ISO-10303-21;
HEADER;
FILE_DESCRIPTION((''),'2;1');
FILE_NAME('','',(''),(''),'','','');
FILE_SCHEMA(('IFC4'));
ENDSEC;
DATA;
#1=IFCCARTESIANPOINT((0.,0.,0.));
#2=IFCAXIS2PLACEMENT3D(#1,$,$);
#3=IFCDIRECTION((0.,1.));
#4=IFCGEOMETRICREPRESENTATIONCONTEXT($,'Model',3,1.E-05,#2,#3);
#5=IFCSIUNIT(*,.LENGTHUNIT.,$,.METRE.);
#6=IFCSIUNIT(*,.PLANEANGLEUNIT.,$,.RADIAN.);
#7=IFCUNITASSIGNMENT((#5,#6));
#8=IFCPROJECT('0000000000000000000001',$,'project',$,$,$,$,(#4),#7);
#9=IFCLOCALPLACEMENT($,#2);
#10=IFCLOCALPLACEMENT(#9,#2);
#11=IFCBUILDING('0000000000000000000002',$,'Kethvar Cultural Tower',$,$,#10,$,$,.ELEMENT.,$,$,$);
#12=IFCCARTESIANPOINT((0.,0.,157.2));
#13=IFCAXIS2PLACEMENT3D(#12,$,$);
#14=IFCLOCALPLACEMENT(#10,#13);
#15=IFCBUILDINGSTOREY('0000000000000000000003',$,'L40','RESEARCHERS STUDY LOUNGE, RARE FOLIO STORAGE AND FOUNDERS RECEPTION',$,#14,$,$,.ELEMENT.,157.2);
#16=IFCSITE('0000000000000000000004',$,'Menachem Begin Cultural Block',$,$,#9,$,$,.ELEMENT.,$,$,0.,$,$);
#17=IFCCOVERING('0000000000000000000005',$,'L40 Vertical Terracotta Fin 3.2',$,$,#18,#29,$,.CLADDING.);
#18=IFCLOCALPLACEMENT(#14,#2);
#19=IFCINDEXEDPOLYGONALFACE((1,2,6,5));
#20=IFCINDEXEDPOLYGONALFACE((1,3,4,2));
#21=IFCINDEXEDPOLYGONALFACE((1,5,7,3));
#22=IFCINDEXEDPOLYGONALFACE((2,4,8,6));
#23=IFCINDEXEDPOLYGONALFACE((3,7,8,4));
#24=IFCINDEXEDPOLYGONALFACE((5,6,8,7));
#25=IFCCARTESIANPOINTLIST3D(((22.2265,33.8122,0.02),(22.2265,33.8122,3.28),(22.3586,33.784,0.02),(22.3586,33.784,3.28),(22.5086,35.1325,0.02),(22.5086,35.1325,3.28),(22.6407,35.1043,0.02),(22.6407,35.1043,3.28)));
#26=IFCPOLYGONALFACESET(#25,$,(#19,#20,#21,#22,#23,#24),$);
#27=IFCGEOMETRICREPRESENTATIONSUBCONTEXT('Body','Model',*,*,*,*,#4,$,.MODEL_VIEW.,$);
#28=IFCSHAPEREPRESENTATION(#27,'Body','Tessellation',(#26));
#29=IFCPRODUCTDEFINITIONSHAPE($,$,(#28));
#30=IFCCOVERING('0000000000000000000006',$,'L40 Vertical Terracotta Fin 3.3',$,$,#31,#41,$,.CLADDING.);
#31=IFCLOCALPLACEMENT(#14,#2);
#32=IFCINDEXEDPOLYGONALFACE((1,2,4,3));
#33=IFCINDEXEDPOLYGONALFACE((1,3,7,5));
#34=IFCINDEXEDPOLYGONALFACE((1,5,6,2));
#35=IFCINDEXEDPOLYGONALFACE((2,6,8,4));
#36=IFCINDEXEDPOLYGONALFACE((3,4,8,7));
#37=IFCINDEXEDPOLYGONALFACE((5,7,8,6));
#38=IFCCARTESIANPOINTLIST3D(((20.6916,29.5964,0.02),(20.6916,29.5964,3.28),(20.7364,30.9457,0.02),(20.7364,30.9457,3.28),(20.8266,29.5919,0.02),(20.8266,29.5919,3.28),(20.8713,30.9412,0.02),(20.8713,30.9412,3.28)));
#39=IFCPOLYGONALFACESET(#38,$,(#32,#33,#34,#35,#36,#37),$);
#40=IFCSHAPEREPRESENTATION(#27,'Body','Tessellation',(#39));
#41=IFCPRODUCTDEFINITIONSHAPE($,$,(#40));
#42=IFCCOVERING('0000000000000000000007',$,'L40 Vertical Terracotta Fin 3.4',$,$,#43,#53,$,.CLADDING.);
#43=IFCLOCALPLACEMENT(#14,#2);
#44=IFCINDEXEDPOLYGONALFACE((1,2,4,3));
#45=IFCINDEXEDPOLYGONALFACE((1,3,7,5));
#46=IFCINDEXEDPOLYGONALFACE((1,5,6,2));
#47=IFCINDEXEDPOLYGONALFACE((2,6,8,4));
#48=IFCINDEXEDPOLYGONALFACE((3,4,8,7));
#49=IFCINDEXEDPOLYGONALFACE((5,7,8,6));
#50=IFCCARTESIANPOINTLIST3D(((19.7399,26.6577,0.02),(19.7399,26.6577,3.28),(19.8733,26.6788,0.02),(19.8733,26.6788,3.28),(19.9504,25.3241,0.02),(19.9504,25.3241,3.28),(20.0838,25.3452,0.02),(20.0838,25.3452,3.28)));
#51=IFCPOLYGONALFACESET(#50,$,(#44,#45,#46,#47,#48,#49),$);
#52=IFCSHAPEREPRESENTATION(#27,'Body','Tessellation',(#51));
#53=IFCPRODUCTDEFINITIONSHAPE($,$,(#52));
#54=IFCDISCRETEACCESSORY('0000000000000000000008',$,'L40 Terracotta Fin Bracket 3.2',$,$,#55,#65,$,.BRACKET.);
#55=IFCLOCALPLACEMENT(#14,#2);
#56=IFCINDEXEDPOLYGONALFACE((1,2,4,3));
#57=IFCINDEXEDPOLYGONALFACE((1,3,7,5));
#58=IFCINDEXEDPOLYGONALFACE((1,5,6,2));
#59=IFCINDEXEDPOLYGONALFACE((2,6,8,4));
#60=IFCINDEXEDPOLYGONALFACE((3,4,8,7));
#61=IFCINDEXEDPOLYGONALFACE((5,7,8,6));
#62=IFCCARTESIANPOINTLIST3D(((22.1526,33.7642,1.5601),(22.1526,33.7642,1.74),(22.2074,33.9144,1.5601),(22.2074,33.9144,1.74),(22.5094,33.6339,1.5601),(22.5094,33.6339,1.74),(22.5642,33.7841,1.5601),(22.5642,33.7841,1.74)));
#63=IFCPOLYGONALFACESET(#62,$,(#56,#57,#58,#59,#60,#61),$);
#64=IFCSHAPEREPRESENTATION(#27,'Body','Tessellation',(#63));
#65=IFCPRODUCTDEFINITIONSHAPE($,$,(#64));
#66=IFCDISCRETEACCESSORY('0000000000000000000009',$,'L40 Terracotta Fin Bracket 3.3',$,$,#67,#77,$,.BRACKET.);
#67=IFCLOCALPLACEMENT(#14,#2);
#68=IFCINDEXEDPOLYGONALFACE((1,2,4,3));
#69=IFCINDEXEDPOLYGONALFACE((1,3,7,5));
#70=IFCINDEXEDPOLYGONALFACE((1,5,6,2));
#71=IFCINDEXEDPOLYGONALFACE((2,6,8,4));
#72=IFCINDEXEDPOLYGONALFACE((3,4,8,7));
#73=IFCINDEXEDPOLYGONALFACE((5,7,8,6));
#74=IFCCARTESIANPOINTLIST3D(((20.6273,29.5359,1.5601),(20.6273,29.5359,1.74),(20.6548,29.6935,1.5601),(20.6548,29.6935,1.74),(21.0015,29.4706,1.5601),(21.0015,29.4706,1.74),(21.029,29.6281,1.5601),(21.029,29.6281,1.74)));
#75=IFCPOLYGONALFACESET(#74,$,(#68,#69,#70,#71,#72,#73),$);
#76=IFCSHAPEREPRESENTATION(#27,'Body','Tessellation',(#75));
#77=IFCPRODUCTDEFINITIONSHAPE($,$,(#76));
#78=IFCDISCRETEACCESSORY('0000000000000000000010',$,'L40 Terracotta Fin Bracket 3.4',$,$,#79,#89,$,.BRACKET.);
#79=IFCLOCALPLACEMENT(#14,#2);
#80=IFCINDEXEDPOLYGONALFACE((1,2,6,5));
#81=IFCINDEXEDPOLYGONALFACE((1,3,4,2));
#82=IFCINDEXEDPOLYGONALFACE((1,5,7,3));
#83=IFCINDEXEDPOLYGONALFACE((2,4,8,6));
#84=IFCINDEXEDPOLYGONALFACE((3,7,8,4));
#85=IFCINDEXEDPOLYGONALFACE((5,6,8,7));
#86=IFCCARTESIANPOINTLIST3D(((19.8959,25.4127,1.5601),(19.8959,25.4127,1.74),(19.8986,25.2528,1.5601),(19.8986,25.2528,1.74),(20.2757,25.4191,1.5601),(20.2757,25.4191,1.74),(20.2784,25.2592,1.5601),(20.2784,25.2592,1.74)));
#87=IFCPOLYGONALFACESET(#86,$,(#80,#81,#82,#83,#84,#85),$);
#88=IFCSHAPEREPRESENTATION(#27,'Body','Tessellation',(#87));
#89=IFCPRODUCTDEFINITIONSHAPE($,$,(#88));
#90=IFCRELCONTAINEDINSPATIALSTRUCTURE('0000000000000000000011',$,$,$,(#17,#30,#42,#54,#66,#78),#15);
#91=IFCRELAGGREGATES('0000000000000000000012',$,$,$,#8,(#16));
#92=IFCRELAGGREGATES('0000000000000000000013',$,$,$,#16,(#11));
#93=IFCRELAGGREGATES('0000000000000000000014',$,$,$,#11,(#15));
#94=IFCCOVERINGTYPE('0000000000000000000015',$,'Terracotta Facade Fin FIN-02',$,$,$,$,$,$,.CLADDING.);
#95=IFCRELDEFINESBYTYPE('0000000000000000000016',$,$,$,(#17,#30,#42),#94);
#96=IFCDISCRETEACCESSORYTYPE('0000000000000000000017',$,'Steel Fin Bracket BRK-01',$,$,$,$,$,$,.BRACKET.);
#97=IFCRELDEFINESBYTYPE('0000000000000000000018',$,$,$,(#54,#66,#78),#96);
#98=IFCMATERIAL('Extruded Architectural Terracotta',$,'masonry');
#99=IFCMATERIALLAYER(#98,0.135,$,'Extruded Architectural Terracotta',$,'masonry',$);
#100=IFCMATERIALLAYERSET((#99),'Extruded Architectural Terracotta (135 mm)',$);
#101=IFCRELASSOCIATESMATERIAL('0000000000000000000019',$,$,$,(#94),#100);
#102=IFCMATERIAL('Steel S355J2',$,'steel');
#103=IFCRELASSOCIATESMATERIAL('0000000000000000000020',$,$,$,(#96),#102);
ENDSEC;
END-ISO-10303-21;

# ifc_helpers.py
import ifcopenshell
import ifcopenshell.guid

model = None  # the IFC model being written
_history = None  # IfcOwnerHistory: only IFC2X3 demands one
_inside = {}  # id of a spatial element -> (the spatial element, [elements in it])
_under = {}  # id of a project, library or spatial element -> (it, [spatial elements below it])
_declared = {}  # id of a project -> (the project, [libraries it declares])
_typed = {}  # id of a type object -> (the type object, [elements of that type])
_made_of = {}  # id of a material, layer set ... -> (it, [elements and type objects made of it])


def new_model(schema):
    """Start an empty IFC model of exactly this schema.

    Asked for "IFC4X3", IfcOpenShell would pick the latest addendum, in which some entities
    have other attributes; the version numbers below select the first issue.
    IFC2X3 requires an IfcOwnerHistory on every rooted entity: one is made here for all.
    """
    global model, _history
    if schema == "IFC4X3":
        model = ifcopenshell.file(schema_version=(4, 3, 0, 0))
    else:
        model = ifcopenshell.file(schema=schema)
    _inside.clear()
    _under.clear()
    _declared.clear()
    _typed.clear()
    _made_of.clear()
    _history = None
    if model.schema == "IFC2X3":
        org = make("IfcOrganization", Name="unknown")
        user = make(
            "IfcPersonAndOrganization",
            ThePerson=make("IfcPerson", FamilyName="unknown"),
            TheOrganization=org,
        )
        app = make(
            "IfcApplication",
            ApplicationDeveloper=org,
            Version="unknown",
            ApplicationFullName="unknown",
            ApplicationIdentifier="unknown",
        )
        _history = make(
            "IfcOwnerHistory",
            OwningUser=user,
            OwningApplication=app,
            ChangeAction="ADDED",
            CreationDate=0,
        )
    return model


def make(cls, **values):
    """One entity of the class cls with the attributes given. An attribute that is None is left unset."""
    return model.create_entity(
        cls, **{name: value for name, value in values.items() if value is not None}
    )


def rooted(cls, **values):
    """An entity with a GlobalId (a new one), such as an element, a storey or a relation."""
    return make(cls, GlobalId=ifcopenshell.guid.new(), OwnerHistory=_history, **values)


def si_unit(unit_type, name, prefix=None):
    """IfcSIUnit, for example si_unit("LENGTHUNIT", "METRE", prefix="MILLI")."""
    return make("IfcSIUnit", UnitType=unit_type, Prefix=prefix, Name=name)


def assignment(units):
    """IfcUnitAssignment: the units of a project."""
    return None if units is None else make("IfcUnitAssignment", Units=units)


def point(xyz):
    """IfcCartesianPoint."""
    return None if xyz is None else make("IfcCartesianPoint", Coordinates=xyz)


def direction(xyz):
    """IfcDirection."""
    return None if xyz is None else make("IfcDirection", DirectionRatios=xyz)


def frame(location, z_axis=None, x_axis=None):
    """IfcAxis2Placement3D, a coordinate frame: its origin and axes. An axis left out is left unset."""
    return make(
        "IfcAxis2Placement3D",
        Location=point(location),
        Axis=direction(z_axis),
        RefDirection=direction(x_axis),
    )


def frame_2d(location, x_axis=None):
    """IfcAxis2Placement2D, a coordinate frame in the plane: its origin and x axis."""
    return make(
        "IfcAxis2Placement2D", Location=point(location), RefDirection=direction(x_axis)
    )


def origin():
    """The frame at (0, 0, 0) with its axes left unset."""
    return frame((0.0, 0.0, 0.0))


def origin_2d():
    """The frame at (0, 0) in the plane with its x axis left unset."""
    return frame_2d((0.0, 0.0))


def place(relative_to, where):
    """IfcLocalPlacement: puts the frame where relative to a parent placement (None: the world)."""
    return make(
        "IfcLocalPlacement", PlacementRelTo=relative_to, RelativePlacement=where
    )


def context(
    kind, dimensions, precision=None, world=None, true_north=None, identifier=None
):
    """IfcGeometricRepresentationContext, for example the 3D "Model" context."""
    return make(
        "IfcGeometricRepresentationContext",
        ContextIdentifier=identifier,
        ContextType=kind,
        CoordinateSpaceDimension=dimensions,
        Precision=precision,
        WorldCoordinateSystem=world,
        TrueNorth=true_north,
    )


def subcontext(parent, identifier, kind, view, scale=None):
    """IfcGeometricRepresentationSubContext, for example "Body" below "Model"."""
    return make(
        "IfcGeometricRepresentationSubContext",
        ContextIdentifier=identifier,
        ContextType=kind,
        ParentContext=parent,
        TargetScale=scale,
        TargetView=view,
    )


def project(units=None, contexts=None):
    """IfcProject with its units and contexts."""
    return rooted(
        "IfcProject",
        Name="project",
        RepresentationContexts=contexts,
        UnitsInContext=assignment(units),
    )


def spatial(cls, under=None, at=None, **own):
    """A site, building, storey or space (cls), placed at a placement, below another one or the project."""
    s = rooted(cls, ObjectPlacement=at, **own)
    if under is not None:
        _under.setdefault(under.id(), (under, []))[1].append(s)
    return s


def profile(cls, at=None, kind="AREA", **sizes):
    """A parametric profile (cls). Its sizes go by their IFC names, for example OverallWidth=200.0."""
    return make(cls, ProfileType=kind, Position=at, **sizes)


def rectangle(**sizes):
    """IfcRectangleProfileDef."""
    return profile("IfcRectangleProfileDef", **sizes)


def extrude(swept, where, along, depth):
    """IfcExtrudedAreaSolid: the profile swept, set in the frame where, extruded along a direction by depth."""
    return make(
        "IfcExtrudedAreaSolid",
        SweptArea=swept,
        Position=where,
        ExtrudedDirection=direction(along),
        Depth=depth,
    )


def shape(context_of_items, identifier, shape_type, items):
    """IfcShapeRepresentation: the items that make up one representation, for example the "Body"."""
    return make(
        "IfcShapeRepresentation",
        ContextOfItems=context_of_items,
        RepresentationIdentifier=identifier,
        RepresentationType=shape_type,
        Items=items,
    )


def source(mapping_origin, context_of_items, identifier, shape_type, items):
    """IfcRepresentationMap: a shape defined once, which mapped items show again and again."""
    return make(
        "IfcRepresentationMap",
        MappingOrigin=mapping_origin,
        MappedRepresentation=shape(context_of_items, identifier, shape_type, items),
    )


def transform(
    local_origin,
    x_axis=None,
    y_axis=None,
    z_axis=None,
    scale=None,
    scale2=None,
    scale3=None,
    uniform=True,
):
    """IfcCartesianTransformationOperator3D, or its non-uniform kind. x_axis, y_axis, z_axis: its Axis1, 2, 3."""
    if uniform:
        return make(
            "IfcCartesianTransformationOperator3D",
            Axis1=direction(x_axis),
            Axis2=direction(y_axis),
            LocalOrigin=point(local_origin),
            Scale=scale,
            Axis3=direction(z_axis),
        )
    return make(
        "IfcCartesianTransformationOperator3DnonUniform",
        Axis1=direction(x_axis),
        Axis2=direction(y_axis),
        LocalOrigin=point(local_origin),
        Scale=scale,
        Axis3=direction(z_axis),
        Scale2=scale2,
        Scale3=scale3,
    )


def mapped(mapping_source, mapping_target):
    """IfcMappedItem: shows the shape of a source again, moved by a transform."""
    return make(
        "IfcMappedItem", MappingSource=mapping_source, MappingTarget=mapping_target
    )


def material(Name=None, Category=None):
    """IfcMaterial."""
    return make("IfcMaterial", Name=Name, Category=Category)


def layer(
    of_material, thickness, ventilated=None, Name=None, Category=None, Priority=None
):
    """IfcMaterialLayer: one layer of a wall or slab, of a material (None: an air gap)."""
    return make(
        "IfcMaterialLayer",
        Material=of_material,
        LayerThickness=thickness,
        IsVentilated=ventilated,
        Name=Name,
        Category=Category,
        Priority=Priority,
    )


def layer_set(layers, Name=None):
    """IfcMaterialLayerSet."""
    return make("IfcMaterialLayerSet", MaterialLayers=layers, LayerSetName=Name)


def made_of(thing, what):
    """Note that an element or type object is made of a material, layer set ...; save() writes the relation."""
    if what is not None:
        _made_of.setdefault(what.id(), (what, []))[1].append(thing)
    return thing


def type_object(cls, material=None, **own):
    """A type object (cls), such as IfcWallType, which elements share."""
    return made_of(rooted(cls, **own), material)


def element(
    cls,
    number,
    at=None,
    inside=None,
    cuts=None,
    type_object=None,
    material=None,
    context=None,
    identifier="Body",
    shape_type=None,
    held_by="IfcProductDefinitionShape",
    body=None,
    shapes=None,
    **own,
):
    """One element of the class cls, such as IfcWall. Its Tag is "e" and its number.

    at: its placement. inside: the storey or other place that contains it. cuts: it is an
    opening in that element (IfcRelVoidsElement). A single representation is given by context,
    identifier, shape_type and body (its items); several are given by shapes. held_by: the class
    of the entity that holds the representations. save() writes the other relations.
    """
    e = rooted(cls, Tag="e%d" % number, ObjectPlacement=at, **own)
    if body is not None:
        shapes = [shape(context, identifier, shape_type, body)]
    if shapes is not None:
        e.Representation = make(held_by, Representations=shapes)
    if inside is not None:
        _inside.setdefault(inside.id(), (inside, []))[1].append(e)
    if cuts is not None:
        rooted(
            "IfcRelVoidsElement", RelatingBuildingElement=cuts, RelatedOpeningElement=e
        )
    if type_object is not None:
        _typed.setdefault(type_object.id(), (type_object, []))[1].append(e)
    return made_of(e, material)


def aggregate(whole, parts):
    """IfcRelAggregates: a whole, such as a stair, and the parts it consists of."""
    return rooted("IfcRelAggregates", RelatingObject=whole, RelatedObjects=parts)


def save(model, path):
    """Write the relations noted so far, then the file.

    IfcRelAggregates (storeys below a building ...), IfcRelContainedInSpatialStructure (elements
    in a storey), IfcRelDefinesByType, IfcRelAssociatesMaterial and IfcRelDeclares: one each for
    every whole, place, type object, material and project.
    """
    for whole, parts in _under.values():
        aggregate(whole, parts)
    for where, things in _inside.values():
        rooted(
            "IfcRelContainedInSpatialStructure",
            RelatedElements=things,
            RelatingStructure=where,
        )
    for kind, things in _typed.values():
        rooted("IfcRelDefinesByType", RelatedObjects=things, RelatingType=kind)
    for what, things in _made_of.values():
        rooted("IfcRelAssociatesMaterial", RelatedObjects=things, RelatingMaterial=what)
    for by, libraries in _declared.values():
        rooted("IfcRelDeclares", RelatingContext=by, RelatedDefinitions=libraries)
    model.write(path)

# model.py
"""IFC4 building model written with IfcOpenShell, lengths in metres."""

from ifc_helpers import new_model, si_unit, direction, frame, origin, origin_2d, place, context, subcontext, project, spatial, rectangle, extrude, source, transform, mapped, material, layer, layer_set, type_object, element, save


model = new_model("IFC4")

# Units and contexts
model_context = context("Model", 3, precision=1e-05, world=origin(), true_north=direction((0.0, 1.0)))
body_context = subcontext(model_context, "Body", "Model", "MODEL_VIEW")
ifc_project = project(units=[si_unit("LENGTHUNIT", "METRE"), si_unit("PLANEANGLEUNIT", "RADIAN")], contexts=[model_context])

# Site, building, storey
site_placement = place(None, origin())
site = spatial("IfcSite", under=ifc_project, at=site_placement, Name="Menachem Begin Cultural Block", CompositionType="ELEMENT", RefElevation=0.0)
building_placement = place(site_placement, origin())
building = spatial("IfcBuilding", under=site, at=building_placement, Name="Kethvar Cultural Tower", CompositionType="ELEMENT")
storey_placement = place(building_placement, frame((0.0, 0.0, 157.2)))
storey = spatial("IfcBuildingStorey", under=building, at=storey_placement, Name="L40", Description="RESEARCHERS STUDY LOUNGE, RARE FOLIO STORAGE AND FOUNDERS RECEPTION", CompositionType="ELEMENT", Elevation=157.2)

# Shared definitions
ifc_material_1 = material(Name="Steel S355J2", Category="steel")

# Coverings
ifc_material_2 = material(Name="Extruded Architectural Terracotta", Category="masonry")
ifc_layer_1 = layer(ifc_material_2, 0.135, Name="Extruded Architectural Terracotta", Category="masonry")
ifc_layer_set_1 = layer_set([ifc_layer_1], Name="Extruded Architectural Terracotta (135 mm)")
covering_type = type_object("IfcCoveringType", Name="Terracotta Facade Fin FIN-02", PredefinedType="CLADDING", material=ifc_layer_set_1)
shared_shape_1 = source(origin(), body_context, "Body", "SweptSolid", [
    extrude(rectangle(XDim=1.3501, YDim=0.135, at=origin_2d()), origin(), (0.0, 0.0, 1.0), 3.26),
])
for number, where, z_axis, x_axis, name in (
    (1, (22.4336, 34.4583, 0.02), (0.0, 0.0, 1.0), (0.208936, 0.977929, 0.0), "L40 Vertical Terracotta Fin 3.2"),
    (2, (20.7815, 30.2688, 0.02), (0.0, 0.0, 1.0), (0.033155, 0.99945, 0.0), "L40 Vertical Terracotta Fin 3.3"),
    (3, (19.9119, 26.0015, 0.02), (0.0, 0.0, 1.0), (-0.155917, 0.98777, 0.0), "L40 Vertical Terracotta Fin 3.4"),
):
    element("IfcCovering", number, at=place(storey_placement, frame(where, z_axis=z_axis, x_axis=x_axis)), inside=storey, type_object=covering_type, Name=name, PredefinedType="CLADDING", context=body_context, shape_type="MappedRepresentation", body=[
        mapped(shared_shape_1, transform((0.0, 0.0, 0.0), scale=1.0)),
    ])

# Discrete accessories
discrete_accessory_type = type_object("IfcDiscreteAccessoryType", Name="Steel Fin Bracket BRK-01", PredefinedType="BRACKET", material=ifc_material_1)
shared_shape_2 = source(origin(), body_context, "Body", "SweptSolid", [
    extrude(rectangle(XDim=0.3799, YDim=0.1599, at=origin_2d()), origin(), (0.0, 0.0, 1.0), 0.1799),
])
for number, where, z_axis, x_axis, name in (
    (4, (22.3584, 33.7742, 1.5601), (0.0, 0.0, 1.0), (-0.939334, 0.343004, 0.0), "L40 Terracotta Fin Bracket 3.2"),
    (5, (20.8281, 29.582, 1.5601), (0.0, 0.0, 1.0), (-0.985109, 0.171929, 0.0), "L40 Terracotta Fin Bracket 3.3"),
    (6, (20.0872, 25.3359, 1.5601), (0.0, 0.0, 1.0), (-0.999857, -0.016929, 0.0), "L40 Terracotta Fin Bracket 3.4"),
):
    element("IfcDiscreteAccessory", number, at=place(storey_placement, frame(where, z_axis=z_axis, x_axis=x_axis)), inside=storey, type_object=discrete_accessory_type, Name=name, PredefinedType="BRACKET", context=body_context, shape_type="MappedRepresentation", body=[
        mapped(shared_shape_2, transform((0.0, 0.0, 0.0), scale=1.0)),
    ])

save(model, "model.ifc")
